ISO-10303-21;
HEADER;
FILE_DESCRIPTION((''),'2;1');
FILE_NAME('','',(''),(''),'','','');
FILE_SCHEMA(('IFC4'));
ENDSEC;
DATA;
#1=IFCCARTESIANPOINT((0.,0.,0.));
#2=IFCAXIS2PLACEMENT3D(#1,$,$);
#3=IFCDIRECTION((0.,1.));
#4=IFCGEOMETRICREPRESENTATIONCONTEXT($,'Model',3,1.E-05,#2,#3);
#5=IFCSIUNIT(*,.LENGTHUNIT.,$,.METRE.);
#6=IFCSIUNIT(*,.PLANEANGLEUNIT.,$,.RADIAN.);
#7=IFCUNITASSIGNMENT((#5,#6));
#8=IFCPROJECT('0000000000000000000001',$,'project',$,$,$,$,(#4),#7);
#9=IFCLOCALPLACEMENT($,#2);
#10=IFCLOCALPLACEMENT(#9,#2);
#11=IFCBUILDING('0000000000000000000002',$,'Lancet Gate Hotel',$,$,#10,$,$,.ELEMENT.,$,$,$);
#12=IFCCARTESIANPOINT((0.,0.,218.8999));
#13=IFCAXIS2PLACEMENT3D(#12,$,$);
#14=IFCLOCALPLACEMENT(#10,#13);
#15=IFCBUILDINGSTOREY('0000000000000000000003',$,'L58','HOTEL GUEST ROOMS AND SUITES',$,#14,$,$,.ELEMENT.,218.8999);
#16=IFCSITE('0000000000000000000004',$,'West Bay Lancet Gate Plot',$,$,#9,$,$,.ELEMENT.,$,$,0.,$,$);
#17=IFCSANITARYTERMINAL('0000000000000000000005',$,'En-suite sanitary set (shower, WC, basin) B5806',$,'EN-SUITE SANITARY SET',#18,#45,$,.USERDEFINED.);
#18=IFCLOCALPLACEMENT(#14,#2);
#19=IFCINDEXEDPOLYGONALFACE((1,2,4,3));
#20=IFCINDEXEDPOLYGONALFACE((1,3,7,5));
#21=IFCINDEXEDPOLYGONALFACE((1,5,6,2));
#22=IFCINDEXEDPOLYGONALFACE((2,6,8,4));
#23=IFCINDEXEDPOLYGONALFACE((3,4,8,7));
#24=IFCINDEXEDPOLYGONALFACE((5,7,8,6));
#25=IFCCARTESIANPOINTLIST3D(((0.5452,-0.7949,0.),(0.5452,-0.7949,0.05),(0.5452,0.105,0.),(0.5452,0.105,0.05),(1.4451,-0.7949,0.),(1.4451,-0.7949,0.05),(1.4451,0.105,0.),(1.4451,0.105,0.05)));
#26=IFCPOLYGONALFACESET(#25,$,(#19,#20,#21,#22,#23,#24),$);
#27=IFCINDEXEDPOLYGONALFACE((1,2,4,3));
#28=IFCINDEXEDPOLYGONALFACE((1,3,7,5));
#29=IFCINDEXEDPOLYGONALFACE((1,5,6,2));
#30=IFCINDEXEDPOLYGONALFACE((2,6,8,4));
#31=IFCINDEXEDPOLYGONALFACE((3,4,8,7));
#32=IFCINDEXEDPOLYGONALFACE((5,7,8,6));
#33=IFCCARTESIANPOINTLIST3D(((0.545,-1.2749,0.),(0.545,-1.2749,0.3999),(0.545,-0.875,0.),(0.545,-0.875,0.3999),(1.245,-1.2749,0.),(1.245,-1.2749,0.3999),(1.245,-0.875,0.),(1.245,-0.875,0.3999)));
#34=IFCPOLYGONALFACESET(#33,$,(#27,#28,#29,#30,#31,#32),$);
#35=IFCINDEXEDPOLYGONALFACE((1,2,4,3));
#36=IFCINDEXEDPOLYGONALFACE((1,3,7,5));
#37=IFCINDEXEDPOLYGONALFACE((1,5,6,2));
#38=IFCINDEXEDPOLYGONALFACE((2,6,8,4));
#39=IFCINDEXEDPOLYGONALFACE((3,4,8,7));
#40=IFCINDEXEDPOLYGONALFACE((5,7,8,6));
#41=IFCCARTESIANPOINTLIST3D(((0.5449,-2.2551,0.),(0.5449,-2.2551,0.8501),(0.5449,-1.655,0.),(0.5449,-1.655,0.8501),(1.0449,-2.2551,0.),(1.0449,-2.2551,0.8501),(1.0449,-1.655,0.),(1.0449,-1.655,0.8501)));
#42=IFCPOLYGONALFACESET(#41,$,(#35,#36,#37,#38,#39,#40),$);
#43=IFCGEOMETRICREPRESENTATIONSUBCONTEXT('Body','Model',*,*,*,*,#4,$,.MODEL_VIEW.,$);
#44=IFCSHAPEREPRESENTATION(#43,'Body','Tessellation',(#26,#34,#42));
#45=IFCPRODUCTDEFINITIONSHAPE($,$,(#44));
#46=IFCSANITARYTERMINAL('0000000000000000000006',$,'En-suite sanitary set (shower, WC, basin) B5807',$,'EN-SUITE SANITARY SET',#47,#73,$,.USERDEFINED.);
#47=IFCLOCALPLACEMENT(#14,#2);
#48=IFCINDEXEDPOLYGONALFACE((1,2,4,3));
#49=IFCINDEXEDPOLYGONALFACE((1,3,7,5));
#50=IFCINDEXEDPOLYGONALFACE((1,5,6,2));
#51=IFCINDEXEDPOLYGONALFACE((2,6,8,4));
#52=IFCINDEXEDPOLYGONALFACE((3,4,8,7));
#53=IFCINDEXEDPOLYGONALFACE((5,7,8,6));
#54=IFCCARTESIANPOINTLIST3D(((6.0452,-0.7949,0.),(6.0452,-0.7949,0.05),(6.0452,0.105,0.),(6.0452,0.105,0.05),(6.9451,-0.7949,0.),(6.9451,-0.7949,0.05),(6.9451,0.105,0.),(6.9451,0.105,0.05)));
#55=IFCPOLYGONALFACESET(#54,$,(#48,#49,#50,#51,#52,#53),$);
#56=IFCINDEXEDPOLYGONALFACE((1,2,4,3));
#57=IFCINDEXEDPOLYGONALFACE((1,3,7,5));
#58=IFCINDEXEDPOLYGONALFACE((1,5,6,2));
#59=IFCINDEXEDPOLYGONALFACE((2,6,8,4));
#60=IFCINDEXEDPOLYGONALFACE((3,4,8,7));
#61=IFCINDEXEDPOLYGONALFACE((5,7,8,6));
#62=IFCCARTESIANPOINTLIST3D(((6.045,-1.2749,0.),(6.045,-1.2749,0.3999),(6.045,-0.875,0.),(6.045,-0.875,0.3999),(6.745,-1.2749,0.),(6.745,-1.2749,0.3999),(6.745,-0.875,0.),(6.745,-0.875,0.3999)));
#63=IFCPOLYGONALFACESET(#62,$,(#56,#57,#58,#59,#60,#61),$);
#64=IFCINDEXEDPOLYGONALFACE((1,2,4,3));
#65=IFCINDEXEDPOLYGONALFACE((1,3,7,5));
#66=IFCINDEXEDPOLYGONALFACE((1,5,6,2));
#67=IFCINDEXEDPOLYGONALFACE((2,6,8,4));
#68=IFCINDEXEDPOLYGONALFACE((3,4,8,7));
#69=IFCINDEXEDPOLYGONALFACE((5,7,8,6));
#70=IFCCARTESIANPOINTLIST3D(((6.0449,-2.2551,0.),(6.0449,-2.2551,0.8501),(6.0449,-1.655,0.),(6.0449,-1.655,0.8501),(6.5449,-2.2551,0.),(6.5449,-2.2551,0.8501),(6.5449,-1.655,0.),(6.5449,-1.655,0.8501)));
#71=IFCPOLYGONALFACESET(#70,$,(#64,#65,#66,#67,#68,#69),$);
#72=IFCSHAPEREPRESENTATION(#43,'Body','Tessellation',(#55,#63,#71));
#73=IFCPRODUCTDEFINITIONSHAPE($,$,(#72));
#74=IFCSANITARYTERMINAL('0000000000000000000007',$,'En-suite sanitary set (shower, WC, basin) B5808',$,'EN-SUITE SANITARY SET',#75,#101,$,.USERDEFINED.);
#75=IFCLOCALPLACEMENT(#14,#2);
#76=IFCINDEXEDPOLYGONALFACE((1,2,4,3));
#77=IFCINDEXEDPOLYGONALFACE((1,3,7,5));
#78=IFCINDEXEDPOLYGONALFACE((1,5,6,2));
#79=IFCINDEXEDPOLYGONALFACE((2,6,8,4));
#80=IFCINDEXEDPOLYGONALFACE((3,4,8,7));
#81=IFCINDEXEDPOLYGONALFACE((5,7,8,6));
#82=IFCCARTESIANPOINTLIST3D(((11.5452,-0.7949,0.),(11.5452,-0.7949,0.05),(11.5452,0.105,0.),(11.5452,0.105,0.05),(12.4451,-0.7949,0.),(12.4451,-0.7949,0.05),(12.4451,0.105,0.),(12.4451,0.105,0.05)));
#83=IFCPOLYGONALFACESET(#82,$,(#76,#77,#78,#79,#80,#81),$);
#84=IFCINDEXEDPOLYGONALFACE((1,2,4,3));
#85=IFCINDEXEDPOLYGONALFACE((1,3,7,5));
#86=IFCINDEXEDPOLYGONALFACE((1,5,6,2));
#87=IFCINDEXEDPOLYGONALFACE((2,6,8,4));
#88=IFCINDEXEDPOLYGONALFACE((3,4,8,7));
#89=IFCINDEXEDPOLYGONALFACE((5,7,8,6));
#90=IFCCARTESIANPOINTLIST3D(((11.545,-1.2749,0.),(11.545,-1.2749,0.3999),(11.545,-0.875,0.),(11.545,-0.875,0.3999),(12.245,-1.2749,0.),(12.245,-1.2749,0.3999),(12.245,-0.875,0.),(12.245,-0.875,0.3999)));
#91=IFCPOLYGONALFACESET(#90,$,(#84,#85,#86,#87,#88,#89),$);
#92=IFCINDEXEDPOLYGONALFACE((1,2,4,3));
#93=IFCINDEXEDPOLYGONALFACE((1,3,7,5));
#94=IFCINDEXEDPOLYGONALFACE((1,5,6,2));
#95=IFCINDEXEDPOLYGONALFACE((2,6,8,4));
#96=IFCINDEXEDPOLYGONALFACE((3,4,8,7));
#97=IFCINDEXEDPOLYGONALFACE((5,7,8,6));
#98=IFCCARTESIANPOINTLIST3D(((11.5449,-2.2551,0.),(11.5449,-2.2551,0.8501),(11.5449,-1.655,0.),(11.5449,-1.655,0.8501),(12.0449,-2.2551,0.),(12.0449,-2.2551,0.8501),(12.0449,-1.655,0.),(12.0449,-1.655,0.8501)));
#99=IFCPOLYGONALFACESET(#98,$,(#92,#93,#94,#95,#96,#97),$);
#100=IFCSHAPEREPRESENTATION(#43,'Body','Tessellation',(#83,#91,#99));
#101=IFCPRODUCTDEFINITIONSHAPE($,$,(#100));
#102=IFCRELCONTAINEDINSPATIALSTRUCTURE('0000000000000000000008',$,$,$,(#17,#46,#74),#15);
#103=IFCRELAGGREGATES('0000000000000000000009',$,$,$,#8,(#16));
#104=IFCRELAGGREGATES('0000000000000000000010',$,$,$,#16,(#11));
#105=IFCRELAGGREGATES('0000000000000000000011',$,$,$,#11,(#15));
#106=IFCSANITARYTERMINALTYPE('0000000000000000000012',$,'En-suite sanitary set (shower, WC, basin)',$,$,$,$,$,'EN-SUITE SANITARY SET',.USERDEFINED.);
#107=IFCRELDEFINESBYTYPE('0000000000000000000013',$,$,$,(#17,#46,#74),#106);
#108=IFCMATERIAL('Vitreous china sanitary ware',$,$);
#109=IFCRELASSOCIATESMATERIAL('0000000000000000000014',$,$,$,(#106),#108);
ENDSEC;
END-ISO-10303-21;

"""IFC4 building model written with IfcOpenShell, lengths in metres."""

from ifc_helpers import new_model, si_unit, direction, frame, origin, origin_2d, place, context, subcontext, project, spatial, rectangle, extrude, material, type_object, element, save


model = new_model("IFC4")

# Units and contexts
model_context = context("Model", 3, precision=1e-05, world=origin(), true_north=direction((0.0, 1.0)))
body_context = subcontext(model_context, "Body", "Model", "MODEL_VIEW")
ifc_project = project(units=[si_unit("LENGTHUNIT", "METRE"), si_unit("PLANEANGLEUNIT", "RADIAN")], contexts=[model_context])

# Site, building, storey
site_placement = place(None, origin())
site = spatial("IfcSite", under=ifc_project, at=site_placement, Name="West Bay Lancet Gate Plot", CompositionType="ELEMENT", RefElevation=0.0)
building_placement = place(site_placement, origin())
building = spatial("IfcBuilding", under=site, at=building_placement, Name="Lancet Gate Hotel", CompositionType="ELEMENT")
storey_placement = place(building_placement, frame((0.0, 0.0, 218.8999)))
storey = spatial("IfcBuildingStorey", under=building, at=storey_placement, Name="L58", Description="HOTEL GUEST ROOMS AND SUITES", CompositionType="ELEMENT", Elevation=218.8999)

# Sanitary terminals
ifc_material_1 = material(Name="Vitreous china sanitary ware")
sanitary_terminal_type = type_object("IfcSanitaryTerminalType", Name="En-suite sanitary set (shower, WC, basin)", ElementType="EN-SUITE SANITARY SET", PredefinedType="USERDEFINED", material=ifc_material_1)
for number, where, z_axis, x_axis, name in (
    (1, (0.9951, -0.345, 0.0), (0.0, 0.0, 1.0), (1.0, 0.0, 0.0), "En-suite sanitary set (shower, WC, basin) B5806"),
    (2, (6.4951, -0.345, 0.0), (0.0, 0.0, 1.0), (1.0, 0.0, 0.0), "En-suite sanitary set (shower, WC, basin) B5807"),
    (3, (11.9951, -0.345, 0.0), (0.0, 0.0, 1.0), (1.0, 0.0, 0.0), "En-suite sanitary set (shower, WC, basin) B5808"),
):
    element("IfcSanitaryTerminal", number, at=place(storey_placement, frame(where, z_axis=z_axis, x_axis=x_axis)), inside=storey, type_object=sanitary_terminal_type, Name=name, ObjectType="EN-SUITE SANITARY SET", PredefinedType="USERDEFINED", context=body_context, shape_type="SweptSolid", body=[
        extrude(rectangle(XDim=0.8999, YDim=0.8999, at=origin_2d()), frame((0.0, 0.0, 0.0), z_axis=(0.0, 0.0, 1.0), x_axis=(0.0, 1.0, 0.0)), (0.0, 0.0, 1.0), 0.05),
        extrude(rectangle(XDim=0.3999, YDim=0.7, at=origin_2d()), frame((-0.1001, -0.73, 0.0), z_axis=(0.0, 0.0, 1.0), x_axis=(0.0, 1.0, 0.0)), (0.0, 0.0, 1.0), 0.3999),
        extrude(rectangle(XDim=0.6001, YDim=0.5, at=origin_2d()), frame((-0.2002, -1.6101, 0.0), z_axis=(0.0, 0.0, 1.0), x_axis=(0.0, 1.0, 0.0)), (0.0, 0.0, 1.0), 0.8501),
    ])

save(model, "model.ifc")
